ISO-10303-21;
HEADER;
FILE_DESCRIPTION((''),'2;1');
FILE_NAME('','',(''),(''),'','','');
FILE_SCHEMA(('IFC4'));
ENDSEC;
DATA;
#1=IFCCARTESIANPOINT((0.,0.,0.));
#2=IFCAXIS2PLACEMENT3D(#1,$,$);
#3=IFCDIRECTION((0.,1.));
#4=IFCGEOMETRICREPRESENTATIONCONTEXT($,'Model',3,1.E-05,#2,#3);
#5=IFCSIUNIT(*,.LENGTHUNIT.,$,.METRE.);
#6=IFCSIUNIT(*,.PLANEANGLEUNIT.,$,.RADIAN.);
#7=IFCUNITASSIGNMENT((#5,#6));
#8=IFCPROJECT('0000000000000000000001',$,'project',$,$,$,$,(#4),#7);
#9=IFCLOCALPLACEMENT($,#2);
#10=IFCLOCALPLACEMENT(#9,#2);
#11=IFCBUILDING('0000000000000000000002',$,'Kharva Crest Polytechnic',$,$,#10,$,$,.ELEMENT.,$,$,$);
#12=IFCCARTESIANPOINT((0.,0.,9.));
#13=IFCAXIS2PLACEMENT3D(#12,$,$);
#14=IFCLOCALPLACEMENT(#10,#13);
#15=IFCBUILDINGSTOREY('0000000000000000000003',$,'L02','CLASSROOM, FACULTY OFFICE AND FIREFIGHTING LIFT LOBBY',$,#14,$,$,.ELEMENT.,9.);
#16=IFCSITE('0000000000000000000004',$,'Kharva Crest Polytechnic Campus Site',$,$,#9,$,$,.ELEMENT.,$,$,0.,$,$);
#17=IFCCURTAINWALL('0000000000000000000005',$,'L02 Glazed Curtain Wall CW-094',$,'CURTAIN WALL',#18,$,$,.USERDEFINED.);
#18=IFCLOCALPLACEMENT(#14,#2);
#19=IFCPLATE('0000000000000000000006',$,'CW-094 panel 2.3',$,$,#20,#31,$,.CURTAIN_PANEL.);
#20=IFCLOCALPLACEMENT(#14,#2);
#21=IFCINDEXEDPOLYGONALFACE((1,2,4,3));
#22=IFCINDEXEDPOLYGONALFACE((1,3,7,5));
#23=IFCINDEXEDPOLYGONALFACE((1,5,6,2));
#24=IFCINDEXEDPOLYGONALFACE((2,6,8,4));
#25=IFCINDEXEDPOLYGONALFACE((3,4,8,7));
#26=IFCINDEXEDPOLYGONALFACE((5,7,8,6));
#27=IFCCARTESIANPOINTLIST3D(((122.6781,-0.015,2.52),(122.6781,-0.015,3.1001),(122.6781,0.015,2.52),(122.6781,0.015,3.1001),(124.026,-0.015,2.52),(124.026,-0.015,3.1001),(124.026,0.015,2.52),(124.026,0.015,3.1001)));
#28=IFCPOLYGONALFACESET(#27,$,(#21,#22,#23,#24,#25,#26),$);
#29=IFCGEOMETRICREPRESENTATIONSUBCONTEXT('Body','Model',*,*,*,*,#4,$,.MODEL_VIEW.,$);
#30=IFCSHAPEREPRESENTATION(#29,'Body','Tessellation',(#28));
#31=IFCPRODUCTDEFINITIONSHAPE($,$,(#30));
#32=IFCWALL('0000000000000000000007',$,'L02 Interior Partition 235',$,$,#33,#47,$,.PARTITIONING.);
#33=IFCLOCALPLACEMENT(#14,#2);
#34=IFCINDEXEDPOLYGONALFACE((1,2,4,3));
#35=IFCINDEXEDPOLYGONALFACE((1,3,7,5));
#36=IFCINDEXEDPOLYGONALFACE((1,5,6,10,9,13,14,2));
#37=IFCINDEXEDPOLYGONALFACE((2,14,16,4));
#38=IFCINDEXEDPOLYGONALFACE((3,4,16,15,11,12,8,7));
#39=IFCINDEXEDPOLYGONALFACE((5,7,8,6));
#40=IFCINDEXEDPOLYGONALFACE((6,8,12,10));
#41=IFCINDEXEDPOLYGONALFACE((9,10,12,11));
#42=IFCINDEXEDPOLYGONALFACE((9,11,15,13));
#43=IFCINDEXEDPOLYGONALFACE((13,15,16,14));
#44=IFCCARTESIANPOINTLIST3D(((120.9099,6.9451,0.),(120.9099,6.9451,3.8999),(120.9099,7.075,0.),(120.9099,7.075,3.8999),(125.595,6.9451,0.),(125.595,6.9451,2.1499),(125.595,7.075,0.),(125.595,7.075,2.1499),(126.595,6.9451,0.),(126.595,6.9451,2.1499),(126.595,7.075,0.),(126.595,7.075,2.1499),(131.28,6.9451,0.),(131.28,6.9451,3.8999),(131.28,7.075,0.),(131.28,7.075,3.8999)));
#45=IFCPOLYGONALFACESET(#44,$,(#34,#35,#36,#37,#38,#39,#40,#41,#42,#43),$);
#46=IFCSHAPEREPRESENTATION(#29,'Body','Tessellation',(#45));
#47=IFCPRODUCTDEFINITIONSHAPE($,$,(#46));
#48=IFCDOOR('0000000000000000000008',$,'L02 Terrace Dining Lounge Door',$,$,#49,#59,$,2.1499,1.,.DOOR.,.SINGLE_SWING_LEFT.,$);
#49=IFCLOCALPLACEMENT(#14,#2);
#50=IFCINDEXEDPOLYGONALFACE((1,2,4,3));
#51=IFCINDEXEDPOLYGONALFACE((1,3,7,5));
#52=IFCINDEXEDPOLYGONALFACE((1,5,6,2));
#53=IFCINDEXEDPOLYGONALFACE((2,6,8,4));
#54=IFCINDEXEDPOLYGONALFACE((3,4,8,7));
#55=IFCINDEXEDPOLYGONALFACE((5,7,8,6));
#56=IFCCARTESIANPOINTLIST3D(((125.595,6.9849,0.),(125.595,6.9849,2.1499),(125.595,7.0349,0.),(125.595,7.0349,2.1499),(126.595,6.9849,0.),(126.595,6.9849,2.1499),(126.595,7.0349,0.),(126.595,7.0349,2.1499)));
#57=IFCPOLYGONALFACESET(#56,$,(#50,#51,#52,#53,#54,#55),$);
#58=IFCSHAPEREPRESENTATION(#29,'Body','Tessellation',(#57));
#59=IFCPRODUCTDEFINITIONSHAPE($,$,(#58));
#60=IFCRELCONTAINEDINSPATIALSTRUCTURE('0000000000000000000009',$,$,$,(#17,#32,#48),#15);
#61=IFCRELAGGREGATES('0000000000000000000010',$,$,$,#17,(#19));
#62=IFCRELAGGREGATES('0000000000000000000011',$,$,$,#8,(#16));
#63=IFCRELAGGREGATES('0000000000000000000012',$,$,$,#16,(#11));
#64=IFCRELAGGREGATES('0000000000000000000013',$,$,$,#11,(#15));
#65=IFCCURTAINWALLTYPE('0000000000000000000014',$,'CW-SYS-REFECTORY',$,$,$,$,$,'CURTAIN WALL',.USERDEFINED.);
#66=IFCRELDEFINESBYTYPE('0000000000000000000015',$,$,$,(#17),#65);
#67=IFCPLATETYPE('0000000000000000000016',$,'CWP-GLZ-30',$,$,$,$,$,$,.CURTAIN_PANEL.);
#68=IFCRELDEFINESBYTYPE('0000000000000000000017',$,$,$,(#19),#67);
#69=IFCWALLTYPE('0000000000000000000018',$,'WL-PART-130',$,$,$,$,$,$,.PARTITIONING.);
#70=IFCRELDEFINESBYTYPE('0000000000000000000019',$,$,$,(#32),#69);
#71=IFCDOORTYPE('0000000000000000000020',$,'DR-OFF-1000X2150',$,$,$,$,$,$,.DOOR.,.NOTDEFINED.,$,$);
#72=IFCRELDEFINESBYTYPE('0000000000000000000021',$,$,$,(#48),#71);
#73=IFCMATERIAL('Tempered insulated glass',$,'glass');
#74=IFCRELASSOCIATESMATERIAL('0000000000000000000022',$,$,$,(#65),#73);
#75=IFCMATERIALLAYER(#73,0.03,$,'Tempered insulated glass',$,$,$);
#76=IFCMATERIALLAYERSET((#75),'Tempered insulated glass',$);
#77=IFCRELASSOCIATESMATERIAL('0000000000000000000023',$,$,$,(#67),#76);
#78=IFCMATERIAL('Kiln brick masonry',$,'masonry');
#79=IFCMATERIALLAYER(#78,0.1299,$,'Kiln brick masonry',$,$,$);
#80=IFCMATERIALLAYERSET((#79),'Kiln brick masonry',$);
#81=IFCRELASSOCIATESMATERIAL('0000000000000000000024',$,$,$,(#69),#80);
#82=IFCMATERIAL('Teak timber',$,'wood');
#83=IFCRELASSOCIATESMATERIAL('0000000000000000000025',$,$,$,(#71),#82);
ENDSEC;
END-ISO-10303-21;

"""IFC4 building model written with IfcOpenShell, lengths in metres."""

from ifc_helpers import new_model, si_unit, direction, frame, frame_2d, origin, origin_2d, place, context, subcontext, project, spatial, rectangle, extrude, material, layer, layer_set, type_object, element, fill, aggregate, save


model = new_model("IFC4")

# Units and contexts
model_context = context("Model", 3, precision=1e-05, world=origin(), true_north=direction((0.0, 1.0)))
body_context = subcontext(model_context, "Body", "Model", "MODEL_VIEW")
ifc_project = project(units=[si_unit("LENGTHUNIT", "METRE"), si_unit("PLANEANGLEUNIT", "RADIAN")], contexts=[model_context])

# Site, building, storey
site_placement = place(None, origin())
site = spatial("IfcSite", under=ifc_project, at=site_placement, Name="Kharva Crest Polytechnic Campus Site", CompositionType="ELEMENT", RefElevation=0.0)
building_placement = place(site_placement, origin())
building = spatial("IfcBuilding", under=site, at=building_placement, Name="Kharva Crest Polytechnic", CompositionType="ELEMENT")
storey_placement = place(building_placement, frame((0.0, 0.0, 9.0)))
storey = spatial("IfcBuildingStorey", under=building, at=storey_placement, Name="L02", Description="CLASSROOM, FACULTY OFFICE AND FIREFIGHTING LIFT LOBBY", CompositionType="ELEMENT", Elevation=9.0)

# Curtain wall
ifc_material_1 = material(Name="Tempered insulated glass", Category="glass")
curtain_wall_type = type_object("IfcCurtainWallType", Name="CW-SYS-REFECTORY", ElementType="CURTAIN WALL", PredefinedType="USERDEFINED", material=ifc_material_1)
curtain_wall_1_placement = place(storey_placement, origin())
curtain_wall_1 = element("IfcCurtainWall", 1, at=curtain_wall_1_placement, inside=storey, type_object=curtain_wall_type, Name="L02 Glazed Curtain Wall CW-094", ObjectType="CURTAIN WALL", PredefinedType="USERDEFINED")

# Plate
ifc_layer_1 = layer(ifc_material_1, 0.03, Name="Tempered insulated glass")
ifc_layer_set_1 = layer_set([ifc_layer_1], Name="Tempered insulated glass")
plate_type = type_object("IfcPlateType", Name="CWP-GLZ-30", PredefinedType="CURTAIN_PANEL", material=ifc_layer_set_1)
plate_1_placement = place(storey_placement, frame((123.3521, 0.0, 2.52), z_axis=(0.0, 0.0, 1.0), x_axis=(1.0, 0.0, 0.0)))
plate_1 = element("IfcPlate", 2, at=plate_1_placement, type_object=plate_type, Name="CW-094 panel 2.3", PredefinedType="CURTAIN_PANEL", context=body_context, shape_type="SweptSolid", body=[
    extrude(rectangle(XDim=1.3479, YDim=0.03, at=origin_2d()), origin(), (0.0, 0.0, 1.0), 0.5801),
])
aggregate(curtain_wall_1, [plate_1])

# Wall, opening, door
ifc_material_2 = material(Name="Kiln brick masonry", Category="masonry")
ifc_layer_2 = layer(ifc_material_2, 0.1299, Name="Kiln brick masonry")
ifc_layer_set_2 = layer_set([ifc_layer_2], Name="Kiln brick masonry")
wall_type = type_object("IfcWallType", Name="WL-PART-130", PredefinedType="PARTITIONING", material=ifc_layer_set_2)
wall_placement = place(storey_placement, frame((120.9099, 7.01, 0.0), z_axis=(0.0, 0.0, 1.0), x_axis=(1.0, 0.0, 0.0)))
wall = element("IfcWall", 3, at=wall_placement, inside=storey, type_object=wall_type, Name="L02 Interior Partition 235", PredefinedType="PARTITIONING", context=body_context, shape_type="SweptSolid", body=[
    extrude(rectangle(XDim=10.3701, YDim=0.1299, at=frame_2d((5.1851, 0.0))), origin(), (0.0, 0.0, 1.0), 3.8999),
])
opening_placement = place(wall_placement, frame((4.6851, 0.0, 0.0)))
opening = element("IfcOpeningElement", 4, at=opening_placement, cuts=wall, PredefinedType="OPENING", context=body_context, shape_type="SweptSolid", body=[
    extrude(rectangle(XDim=1.0, YDim=2.1499, at=frame_2d((0.5, 1.075))), frame((0.0, 0.075, 0.0), z_axis=(0.0, -1.0, 0.0), x_axis=(1.0, 0.0, 0.0)), (0.0, 0.0, 1.0), 0.1499),
])
ifc_material_3 = material(Name="Teak timber", Category="wood")
door_type = type_object("IfcDoorType", Name="DR-OFF-1000X2150", OperationType="NOTDEFINED", PredefinedType="DOOR", material=ifc_material_3)
door_placement = place(opening_placement, origin())
door = element("IfcDoor", 5, at=door_placement, inside=storey, type_object=door_type, Name="L02 Terrace Dining Lounge Door", OperationType="SINGLE_SWING_LEFT", OverallHeight=2.1499, OverallWidth=1.0, PredefinedType="DOOR", context=body_context, shape_type="SweptSolid", body=[
    extrude(rectangle(XDim=1.0, YDim=2.1499, at=frame_2d((0.5, 1.075))), frame((0.0, 0.0249, 0.0), z_axis=(0.0, -1.0, 0.0), x_axis=(1.0, 0.0, 0.0)), (0.0, 0.0, 1.0), 0.05),
])
fill(opening, door)

save(model, "model.ifc")
